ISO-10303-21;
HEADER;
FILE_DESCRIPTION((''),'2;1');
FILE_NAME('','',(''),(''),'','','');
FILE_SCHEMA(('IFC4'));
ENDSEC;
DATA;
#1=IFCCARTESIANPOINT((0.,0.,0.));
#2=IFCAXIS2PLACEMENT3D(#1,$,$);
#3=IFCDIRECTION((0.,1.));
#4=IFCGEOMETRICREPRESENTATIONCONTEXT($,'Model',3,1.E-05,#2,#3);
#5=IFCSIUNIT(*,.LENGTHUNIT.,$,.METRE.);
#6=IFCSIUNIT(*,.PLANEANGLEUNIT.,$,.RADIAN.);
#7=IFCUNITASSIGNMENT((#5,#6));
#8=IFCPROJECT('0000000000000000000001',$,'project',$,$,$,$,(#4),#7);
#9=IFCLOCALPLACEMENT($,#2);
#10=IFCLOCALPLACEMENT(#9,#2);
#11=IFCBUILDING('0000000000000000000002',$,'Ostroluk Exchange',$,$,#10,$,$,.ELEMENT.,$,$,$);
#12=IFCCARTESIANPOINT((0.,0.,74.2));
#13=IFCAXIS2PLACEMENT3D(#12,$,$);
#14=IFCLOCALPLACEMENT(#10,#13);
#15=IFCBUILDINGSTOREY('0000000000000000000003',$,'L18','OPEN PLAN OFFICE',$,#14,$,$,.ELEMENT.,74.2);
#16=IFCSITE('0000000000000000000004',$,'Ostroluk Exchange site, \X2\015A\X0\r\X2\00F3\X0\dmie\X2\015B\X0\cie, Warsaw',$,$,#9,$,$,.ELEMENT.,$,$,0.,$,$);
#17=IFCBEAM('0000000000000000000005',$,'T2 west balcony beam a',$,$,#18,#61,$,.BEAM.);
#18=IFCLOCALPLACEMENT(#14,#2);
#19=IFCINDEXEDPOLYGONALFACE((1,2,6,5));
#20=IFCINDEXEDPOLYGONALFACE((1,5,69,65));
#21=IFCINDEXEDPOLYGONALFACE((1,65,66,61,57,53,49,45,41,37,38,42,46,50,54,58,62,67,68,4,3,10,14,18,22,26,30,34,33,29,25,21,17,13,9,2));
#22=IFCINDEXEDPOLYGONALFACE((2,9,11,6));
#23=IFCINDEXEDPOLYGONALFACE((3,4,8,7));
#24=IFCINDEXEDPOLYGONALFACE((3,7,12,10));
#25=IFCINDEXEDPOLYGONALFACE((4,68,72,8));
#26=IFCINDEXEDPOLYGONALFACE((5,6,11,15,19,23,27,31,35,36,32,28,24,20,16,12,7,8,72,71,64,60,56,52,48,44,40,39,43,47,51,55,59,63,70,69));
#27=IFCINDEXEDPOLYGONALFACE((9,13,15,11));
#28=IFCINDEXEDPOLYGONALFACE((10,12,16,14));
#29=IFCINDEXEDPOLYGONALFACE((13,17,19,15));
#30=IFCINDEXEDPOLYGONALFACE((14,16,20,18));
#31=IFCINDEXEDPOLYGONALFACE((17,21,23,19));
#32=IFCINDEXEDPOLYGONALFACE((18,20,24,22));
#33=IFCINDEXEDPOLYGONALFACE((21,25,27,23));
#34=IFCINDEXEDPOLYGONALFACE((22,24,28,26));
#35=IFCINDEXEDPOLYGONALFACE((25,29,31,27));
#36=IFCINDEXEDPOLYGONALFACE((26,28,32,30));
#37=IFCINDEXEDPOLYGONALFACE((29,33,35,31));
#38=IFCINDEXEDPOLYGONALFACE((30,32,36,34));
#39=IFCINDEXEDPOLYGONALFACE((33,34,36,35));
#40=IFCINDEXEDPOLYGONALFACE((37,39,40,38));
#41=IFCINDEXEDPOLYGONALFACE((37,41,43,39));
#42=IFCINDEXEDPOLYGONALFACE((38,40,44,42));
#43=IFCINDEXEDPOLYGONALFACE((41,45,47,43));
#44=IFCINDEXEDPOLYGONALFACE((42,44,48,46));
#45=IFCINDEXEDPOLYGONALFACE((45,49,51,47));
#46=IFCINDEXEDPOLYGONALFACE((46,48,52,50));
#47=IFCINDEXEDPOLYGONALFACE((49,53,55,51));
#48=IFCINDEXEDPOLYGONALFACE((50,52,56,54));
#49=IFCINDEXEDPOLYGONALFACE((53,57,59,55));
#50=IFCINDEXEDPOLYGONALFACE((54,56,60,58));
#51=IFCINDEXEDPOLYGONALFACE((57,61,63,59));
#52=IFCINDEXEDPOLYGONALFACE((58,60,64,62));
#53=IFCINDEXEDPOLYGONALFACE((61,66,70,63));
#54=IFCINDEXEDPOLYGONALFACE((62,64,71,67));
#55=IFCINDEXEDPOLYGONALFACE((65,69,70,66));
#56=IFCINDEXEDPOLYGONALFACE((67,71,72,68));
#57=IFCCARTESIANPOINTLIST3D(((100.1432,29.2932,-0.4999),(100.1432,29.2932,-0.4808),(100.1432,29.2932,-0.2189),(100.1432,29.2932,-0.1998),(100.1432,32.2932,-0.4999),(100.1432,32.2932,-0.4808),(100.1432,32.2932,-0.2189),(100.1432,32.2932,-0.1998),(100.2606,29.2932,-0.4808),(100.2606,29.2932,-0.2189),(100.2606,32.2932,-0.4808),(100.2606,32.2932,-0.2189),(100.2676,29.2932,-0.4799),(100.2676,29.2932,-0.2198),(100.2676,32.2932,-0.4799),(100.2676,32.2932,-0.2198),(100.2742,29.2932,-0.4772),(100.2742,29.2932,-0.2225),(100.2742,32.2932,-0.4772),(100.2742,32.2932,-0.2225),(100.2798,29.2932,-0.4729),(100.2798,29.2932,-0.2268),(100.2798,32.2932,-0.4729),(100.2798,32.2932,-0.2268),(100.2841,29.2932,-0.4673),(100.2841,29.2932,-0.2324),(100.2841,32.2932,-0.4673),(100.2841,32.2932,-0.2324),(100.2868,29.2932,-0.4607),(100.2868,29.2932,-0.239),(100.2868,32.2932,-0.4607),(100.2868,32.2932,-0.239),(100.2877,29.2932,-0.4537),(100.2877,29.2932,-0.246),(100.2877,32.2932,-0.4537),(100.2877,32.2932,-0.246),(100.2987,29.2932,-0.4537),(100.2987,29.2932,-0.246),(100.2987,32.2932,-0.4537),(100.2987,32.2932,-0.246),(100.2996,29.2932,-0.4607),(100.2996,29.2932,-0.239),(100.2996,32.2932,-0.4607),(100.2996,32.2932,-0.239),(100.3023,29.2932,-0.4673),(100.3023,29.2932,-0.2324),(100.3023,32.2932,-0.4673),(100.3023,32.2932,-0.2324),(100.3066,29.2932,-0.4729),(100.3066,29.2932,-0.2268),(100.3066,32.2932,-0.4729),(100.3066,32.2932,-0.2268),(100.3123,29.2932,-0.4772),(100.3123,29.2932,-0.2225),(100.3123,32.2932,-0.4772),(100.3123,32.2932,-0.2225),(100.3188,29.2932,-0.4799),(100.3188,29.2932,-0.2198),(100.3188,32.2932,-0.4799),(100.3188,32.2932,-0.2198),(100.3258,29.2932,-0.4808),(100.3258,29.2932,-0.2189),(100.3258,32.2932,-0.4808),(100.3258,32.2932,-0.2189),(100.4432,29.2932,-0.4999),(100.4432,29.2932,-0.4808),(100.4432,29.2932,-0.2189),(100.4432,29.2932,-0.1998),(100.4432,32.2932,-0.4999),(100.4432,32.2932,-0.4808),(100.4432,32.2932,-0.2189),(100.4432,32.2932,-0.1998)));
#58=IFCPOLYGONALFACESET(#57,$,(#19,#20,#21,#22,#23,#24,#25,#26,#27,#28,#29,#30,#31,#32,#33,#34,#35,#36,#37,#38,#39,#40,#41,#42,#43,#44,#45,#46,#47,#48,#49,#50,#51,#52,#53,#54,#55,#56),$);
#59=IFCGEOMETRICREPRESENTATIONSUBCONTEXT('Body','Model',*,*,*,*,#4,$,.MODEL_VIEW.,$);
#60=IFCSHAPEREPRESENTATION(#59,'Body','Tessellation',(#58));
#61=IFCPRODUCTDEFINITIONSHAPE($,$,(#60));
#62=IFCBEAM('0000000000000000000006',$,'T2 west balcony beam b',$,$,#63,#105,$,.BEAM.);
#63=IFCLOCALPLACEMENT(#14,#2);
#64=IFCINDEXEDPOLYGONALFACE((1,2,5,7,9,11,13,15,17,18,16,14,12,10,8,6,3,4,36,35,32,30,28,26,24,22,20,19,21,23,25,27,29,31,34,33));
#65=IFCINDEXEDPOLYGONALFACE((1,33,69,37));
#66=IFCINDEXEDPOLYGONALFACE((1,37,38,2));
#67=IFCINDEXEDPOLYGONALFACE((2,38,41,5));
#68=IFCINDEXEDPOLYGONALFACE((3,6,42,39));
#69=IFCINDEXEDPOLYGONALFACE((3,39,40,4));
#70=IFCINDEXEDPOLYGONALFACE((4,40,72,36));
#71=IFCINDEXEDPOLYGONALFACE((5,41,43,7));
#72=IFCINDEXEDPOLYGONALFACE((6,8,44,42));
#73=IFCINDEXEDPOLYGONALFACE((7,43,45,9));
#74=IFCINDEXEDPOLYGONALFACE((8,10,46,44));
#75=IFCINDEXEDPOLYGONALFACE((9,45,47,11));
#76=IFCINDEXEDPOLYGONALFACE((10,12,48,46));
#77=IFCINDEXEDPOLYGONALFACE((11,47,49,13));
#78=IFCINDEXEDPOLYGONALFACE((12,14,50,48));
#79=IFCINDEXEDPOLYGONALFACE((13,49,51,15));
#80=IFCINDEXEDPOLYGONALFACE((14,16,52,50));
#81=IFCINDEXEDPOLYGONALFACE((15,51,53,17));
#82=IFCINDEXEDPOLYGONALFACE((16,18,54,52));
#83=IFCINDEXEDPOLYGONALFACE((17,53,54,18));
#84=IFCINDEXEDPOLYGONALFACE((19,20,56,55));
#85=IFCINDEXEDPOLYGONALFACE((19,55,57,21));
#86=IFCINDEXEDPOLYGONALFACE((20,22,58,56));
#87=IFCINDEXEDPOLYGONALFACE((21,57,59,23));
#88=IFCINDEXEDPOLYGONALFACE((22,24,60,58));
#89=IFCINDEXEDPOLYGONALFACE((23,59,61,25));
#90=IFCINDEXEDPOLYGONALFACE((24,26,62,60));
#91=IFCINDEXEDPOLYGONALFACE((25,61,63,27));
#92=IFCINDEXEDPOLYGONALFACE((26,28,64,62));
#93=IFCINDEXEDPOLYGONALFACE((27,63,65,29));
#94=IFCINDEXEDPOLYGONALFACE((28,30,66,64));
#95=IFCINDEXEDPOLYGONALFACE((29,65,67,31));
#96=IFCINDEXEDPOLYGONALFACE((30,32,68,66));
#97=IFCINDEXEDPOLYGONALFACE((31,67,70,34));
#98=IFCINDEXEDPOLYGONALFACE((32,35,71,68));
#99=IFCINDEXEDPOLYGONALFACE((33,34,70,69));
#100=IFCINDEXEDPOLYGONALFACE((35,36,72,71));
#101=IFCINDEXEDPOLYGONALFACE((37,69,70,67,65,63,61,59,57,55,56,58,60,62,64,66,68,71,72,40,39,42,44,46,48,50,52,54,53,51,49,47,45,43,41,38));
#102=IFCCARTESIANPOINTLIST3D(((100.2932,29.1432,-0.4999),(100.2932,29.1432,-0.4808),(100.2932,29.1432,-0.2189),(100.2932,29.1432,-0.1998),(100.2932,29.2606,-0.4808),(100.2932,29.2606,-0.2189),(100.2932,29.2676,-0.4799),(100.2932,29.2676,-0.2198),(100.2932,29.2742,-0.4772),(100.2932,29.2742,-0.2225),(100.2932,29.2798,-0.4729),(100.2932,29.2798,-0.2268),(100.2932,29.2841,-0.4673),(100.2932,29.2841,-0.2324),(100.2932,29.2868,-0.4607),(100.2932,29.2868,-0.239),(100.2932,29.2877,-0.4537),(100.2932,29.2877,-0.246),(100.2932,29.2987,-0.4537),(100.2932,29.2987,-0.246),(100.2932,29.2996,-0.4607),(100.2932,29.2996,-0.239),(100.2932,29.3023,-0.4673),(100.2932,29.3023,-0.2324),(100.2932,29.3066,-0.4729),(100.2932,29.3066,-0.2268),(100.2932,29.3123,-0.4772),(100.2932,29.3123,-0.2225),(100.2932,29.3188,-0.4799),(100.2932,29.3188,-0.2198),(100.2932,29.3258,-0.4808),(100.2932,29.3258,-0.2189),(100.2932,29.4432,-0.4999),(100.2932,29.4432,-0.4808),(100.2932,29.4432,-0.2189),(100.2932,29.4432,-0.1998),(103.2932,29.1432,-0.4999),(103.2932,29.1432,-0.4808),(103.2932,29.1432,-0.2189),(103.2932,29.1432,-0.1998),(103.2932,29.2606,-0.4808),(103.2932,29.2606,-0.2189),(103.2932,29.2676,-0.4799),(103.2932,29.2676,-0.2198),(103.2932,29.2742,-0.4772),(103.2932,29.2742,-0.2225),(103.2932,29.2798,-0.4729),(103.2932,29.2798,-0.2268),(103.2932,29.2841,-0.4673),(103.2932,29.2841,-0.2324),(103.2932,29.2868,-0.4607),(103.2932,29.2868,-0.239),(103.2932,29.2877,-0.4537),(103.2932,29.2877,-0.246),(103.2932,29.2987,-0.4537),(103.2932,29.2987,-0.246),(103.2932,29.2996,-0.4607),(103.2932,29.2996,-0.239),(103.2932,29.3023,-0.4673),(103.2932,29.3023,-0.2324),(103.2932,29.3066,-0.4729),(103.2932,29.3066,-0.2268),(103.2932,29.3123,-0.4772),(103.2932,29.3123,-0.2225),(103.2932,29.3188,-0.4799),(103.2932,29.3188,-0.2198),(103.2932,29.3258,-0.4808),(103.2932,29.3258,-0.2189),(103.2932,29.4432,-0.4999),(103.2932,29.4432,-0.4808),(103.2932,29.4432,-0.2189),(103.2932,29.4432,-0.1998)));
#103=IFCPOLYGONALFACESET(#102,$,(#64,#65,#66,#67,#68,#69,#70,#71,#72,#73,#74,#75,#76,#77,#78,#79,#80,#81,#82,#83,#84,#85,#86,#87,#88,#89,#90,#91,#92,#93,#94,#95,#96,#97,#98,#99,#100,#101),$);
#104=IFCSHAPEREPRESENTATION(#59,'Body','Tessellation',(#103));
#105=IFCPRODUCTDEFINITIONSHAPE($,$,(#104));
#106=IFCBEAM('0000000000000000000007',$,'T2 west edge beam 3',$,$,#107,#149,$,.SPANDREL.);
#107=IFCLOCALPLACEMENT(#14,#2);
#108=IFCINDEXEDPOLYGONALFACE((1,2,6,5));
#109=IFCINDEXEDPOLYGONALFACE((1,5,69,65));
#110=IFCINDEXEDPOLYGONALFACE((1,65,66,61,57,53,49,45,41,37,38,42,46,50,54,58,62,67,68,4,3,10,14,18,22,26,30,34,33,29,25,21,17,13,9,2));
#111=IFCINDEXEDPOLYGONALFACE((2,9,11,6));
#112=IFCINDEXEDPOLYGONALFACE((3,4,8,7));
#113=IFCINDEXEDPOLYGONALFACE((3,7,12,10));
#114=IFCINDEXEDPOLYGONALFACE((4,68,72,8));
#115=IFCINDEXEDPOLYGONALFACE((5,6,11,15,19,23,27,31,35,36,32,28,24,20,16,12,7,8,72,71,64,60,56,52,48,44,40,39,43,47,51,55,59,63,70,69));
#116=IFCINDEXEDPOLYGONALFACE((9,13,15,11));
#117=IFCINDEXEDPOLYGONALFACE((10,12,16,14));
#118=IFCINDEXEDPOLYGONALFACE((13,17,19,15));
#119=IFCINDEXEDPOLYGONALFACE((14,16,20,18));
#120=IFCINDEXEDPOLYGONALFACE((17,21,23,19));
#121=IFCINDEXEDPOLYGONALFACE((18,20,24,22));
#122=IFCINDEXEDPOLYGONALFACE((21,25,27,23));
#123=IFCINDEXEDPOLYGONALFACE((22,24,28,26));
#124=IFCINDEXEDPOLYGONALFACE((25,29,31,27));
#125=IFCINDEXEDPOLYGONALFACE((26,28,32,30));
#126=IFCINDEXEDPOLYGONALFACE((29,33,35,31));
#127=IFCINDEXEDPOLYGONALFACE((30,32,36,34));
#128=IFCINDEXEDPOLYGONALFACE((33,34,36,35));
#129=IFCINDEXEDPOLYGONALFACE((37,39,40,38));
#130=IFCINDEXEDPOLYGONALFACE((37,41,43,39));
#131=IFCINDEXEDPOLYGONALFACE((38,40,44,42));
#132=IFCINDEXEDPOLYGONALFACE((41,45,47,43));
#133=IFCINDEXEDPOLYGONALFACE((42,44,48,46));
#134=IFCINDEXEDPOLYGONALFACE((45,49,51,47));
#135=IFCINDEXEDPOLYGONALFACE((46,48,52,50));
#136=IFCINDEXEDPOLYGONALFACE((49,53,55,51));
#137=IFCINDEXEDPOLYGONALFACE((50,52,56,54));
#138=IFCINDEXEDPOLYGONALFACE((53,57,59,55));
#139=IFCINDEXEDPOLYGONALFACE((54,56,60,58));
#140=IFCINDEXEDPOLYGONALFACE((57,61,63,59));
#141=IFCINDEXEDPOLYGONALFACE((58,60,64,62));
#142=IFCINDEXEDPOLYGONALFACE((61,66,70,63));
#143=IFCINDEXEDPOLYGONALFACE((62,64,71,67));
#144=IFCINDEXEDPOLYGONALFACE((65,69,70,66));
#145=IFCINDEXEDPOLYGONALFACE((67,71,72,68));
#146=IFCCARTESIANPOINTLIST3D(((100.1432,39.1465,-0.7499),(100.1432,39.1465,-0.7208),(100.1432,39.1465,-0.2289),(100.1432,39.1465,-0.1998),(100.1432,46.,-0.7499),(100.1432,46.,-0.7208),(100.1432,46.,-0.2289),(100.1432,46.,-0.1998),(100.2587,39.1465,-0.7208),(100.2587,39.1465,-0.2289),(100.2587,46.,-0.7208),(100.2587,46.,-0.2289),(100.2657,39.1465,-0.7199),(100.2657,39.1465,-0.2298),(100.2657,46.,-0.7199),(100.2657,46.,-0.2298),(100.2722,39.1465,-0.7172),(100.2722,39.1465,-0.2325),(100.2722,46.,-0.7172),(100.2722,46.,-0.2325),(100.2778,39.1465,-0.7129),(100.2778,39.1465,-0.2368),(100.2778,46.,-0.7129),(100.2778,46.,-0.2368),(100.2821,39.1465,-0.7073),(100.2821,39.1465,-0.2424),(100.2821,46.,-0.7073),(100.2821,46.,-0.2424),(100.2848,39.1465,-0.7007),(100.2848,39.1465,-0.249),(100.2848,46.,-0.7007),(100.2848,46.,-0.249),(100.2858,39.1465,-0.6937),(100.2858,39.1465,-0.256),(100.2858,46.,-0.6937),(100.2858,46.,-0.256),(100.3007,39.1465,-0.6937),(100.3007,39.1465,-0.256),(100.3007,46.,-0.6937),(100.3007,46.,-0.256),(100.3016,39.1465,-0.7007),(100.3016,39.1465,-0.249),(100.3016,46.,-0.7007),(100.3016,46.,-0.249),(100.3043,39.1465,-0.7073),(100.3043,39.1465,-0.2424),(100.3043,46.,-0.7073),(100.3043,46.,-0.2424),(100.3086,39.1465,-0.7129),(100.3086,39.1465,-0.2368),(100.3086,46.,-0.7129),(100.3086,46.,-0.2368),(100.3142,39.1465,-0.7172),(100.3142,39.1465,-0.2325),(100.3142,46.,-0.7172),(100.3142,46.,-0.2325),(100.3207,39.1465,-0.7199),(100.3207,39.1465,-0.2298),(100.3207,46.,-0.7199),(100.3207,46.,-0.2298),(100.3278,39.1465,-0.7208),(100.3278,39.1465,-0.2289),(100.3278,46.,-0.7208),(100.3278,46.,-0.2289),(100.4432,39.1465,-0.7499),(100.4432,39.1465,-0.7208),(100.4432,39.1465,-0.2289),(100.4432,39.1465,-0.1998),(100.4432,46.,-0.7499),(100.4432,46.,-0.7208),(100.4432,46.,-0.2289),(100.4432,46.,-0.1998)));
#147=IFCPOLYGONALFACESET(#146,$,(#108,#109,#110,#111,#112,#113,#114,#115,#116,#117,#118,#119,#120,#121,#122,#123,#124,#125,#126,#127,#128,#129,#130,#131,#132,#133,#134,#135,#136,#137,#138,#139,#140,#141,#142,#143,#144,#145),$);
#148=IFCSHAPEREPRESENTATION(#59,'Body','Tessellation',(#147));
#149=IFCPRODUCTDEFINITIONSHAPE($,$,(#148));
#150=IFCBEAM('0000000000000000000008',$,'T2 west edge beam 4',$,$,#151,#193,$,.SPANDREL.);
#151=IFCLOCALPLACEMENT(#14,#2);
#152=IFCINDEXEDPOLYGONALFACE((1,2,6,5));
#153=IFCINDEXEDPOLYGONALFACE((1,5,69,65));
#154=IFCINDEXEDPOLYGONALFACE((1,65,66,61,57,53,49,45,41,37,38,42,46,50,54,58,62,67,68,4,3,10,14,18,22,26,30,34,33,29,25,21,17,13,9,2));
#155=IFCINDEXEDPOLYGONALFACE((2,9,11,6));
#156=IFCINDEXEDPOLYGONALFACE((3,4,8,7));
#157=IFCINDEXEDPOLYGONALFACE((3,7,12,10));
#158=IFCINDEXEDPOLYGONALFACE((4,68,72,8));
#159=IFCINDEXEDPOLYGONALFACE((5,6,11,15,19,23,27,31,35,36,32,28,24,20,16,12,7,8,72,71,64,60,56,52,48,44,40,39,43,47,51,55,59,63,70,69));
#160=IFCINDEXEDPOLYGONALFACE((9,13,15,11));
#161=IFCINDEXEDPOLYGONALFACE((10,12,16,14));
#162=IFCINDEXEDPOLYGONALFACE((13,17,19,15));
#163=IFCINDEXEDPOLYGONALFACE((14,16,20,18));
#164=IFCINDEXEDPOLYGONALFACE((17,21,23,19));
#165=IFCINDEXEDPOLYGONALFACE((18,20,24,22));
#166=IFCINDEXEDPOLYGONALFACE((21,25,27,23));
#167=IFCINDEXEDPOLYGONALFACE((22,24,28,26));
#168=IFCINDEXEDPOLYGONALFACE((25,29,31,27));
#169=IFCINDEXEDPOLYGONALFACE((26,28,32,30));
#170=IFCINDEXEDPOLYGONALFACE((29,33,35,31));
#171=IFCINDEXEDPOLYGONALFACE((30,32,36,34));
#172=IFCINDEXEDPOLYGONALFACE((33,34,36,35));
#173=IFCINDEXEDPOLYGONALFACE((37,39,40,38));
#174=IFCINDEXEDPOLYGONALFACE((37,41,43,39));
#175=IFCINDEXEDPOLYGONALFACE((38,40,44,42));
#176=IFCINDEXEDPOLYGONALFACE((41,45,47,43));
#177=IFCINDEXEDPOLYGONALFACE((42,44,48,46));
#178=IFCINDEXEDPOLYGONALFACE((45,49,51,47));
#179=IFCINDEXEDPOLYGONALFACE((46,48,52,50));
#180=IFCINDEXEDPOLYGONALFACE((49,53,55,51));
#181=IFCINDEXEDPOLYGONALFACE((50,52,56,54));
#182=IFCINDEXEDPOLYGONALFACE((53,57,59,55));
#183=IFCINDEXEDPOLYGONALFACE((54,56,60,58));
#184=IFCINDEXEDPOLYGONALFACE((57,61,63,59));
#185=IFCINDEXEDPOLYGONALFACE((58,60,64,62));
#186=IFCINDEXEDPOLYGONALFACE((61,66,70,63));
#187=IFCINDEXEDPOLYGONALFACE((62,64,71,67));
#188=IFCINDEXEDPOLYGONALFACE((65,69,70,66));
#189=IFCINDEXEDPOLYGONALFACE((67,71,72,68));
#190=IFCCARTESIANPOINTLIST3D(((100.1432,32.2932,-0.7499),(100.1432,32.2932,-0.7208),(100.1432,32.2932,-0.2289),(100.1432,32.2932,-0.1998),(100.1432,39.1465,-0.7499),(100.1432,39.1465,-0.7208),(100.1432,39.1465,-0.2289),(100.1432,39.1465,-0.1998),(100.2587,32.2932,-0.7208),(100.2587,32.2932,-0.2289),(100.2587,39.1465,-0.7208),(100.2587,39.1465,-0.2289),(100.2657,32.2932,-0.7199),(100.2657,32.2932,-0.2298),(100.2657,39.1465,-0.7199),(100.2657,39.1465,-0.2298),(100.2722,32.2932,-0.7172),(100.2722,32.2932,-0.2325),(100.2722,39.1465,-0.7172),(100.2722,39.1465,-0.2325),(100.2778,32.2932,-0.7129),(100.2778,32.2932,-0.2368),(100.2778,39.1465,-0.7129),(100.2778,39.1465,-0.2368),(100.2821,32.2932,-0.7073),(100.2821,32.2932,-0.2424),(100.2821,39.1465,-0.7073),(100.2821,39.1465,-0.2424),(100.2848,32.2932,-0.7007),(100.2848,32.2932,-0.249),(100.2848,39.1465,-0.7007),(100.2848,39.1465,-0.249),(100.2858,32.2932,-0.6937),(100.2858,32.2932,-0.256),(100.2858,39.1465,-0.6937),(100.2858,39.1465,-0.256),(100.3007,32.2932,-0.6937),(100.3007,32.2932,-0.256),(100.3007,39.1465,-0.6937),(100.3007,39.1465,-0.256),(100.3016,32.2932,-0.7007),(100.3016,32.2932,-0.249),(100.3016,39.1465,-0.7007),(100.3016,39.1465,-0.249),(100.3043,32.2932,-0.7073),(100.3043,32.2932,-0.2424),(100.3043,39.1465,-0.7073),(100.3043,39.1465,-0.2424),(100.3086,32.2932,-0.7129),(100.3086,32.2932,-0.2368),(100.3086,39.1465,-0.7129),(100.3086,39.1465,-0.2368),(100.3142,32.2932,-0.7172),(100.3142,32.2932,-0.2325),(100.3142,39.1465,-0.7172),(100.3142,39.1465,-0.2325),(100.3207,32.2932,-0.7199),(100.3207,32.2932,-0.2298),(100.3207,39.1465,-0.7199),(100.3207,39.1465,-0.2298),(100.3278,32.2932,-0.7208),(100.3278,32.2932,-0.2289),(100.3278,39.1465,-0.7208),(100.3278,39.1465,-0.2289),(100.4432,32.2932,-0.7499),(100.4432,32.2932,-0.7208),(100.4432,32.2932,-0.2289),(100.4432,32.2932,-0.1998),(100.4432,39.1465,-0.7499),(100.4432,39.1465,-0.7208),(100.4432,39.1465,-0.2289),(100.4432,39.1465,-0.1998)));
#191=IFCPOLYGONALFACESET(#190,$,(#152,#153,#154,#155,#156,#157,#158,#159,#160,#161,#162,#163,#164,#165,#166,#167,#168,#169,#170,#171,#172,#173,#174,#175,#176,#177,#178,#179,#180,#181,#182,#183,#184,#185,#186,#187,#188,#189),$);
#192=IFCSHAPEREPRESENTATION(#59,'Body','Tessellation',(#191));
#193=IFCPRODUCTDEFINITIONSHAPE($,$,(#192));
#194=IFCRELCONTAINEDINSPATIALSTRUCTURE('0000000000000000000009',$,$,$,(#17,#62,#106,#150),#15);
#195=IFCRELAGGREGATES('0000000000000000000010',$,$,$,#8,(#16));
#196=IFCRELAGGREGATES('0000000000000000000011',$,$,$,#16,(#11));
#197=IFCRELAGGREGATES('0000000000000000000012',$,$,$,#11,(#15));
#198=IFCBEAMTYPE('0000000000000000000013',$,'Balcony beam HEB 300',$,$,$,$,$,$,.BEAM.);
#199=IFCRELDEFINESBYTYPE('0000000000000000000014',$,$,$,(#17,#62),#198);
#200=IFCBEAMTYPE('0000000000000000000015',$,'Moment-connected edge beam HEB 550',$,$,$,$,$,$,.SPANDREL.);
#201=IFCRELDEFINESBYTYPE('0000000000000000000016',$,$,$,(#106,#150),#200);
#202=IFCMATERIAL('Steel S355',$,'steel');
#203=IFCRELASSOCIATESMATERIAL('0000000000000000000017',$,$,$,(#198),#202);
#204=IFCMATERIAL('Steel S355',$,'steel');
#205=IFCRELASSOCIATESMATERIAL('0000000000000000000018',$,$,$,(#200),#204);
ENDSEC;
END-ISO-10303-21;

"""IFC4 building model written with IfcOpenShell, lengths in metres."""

from ifc_helpers import new_model, si_unit, direction, frame, origin, origin_2d, place, context, subcontext, project, spatial, i_section, extrude, material, material_profile, profile_set, type_object, element, save


model = new_model("IFC4")

# Units and contexts
model_context = context("Model", 3, precision=1e-05, world=origin(), true_north=direction((0.0, 1.0)))
body_context = subcontext(model_context, "Body", "Model", "MODEL_VIEW")
ifc_project = project(units=[si_unit("LENGTHUNIT", "METRE"), si_unit("PLANEANGLEUNIT", "RADIAN")], contexts=[model_context])

# Site, building, storey
site_placement = place(None, origin())
site = spatial("IfcSite", under=ifc_project, at=site_placement, Name="Ostroluk Exchange site, Śródmieście, Warsaw", CompositionType="ELEMENT", RefElevation=0.0)
building_placement = place(site_placement, origin())
building = spatial("IfcBuilding", under=site, at=building_placement, Name="Ostroluk Exchange", CompositionType="ELEMENT")
storey_placement = place(building_placement, frame((0.0, 0.0, 74.2)))
storey = spatial("IfcBuildingStorey", under=building, at=storey_placement, Name="L18", Description="OPEN PLAN OFFICE", CompositionType="ELEMENT", Elevation=74.2)

# Beams
ifc_material_1 = material(Name="Steel S355", Category="steel")
ifc_material_profile_1 = material_profile(ifc_material_1, i_section(OverallWidth=0.3, OverallDepth=0.3, WebThickness=0.011, FlangeThickness=0.019, FilletRadius=0.0271, at=origin_2d()), Name="HEB 300")
ifc_profile_set_1 = profile_set([ifc_material_profile_1], Name="Steel S355")
beam_type_1 = type_object("IfcBeamType", Name="Balcony beam HEB 300", PredefinedType="BEAM", material=ifc_profile_set_1)
for number, where, z_axis, x_axis, name in (
    (1, (100.2932, 32.2932, -0.3499), (0.0, -1.0, 0.0), (1.0, 0.0, 0.0), "T2 west balcony beam a"),
    (2, (103.2932, 29.2932, -0.3499), (-1.0, 0.0, 0.0), (0.0, -1.0, 0.0), "T2 west balcony beam b"),
):
    element("IfcBeam", number, at=place(storey_placement, frame(where, z_axis=z_axis, x_axis=x_axis)), inside=storey, type_object=beam_type_1, Name=name, PredefinedType="BEAM", context=body_context, shape_type="SweptSolid", body=[
        extrude(i_section(OverallWidth=0.3, OverallDepth=0.3, WebThickness=0.011, FlangeThickness=0.019, FilletRadius=0.0271, at=origin_2d()), origin(), (0.0, 0.0, 1.0), 3.0),
    ])
ifc_material_2 = material(Name="Steel S355", Category="steel")
ifc_material_profile_2 = material_profile(ifc_material_2, i_section(OverallWidth=0.3, OverallDepth=0.55, WebThickness=0.0149, FlangeThickness=0.0291, FilletRadius=0.0271, at=origin_2d()), Name="HEB 550")
ifc_profile_set_2 = profile_set([ifc_material_profile_2], Name="Steel S355")
beam_type_2 = type_object("IfcBeamType", Name="Moment-connected edge beam HEB 550", PredefinedType="SPANDREL", material=ifc_profile_set_2)
beam_placement = place(storey_placement, frame((100.2932, 46.0, -0.4749), z_axis=(0.0, -1.0, 0.0), x_axis=(1.0, 0.0, 0.0)))
element("IfcBeam", 3, at=beam_placement, inside=storey, type_object=beam_type_2, Name="T2 west edge beam 3", PredefinedType="SPANDREL", context=body_context, shape_type="SweptSolid", body=[
    extrude(i_section(OverallWidth=0.3, OverallDepth=0.55, WebThickness=0.0149, FlangeThickness=0.0291, FilletRadius=0.0271, at=origin_2d()), origin(), (0.0, 0.0, 1.0), 6.8535),
])
for number, where, z_axis, x_axis, name in (
    (4, (100.2932, 39.1465, -0.4749), (0.0, -1.0, 0.0), (1.0, 0.0, 0.0), "T2 west edge beam 4"),
):
    element("IfcBeam", number, at=place(storey_placement, frame(where, z_axis=z_axis, x_axis=x_axis)), inside=storey, type_object=beam_type_2, Name=name, PredefinedType="SPANDREL", context=body_context, shape_type="SweptSolid", body=[
        extrude(i_section(OverallWidth=0.3, OverallDepth=0.55, WebThickness=0.0149, FlangeThickness=0.0291, FilletRadius=0.0271, at=origin_2d()), origin(), (0.0, 0.0, 1.0), 6.8533),
    ])

save(model, "model.ifc")
